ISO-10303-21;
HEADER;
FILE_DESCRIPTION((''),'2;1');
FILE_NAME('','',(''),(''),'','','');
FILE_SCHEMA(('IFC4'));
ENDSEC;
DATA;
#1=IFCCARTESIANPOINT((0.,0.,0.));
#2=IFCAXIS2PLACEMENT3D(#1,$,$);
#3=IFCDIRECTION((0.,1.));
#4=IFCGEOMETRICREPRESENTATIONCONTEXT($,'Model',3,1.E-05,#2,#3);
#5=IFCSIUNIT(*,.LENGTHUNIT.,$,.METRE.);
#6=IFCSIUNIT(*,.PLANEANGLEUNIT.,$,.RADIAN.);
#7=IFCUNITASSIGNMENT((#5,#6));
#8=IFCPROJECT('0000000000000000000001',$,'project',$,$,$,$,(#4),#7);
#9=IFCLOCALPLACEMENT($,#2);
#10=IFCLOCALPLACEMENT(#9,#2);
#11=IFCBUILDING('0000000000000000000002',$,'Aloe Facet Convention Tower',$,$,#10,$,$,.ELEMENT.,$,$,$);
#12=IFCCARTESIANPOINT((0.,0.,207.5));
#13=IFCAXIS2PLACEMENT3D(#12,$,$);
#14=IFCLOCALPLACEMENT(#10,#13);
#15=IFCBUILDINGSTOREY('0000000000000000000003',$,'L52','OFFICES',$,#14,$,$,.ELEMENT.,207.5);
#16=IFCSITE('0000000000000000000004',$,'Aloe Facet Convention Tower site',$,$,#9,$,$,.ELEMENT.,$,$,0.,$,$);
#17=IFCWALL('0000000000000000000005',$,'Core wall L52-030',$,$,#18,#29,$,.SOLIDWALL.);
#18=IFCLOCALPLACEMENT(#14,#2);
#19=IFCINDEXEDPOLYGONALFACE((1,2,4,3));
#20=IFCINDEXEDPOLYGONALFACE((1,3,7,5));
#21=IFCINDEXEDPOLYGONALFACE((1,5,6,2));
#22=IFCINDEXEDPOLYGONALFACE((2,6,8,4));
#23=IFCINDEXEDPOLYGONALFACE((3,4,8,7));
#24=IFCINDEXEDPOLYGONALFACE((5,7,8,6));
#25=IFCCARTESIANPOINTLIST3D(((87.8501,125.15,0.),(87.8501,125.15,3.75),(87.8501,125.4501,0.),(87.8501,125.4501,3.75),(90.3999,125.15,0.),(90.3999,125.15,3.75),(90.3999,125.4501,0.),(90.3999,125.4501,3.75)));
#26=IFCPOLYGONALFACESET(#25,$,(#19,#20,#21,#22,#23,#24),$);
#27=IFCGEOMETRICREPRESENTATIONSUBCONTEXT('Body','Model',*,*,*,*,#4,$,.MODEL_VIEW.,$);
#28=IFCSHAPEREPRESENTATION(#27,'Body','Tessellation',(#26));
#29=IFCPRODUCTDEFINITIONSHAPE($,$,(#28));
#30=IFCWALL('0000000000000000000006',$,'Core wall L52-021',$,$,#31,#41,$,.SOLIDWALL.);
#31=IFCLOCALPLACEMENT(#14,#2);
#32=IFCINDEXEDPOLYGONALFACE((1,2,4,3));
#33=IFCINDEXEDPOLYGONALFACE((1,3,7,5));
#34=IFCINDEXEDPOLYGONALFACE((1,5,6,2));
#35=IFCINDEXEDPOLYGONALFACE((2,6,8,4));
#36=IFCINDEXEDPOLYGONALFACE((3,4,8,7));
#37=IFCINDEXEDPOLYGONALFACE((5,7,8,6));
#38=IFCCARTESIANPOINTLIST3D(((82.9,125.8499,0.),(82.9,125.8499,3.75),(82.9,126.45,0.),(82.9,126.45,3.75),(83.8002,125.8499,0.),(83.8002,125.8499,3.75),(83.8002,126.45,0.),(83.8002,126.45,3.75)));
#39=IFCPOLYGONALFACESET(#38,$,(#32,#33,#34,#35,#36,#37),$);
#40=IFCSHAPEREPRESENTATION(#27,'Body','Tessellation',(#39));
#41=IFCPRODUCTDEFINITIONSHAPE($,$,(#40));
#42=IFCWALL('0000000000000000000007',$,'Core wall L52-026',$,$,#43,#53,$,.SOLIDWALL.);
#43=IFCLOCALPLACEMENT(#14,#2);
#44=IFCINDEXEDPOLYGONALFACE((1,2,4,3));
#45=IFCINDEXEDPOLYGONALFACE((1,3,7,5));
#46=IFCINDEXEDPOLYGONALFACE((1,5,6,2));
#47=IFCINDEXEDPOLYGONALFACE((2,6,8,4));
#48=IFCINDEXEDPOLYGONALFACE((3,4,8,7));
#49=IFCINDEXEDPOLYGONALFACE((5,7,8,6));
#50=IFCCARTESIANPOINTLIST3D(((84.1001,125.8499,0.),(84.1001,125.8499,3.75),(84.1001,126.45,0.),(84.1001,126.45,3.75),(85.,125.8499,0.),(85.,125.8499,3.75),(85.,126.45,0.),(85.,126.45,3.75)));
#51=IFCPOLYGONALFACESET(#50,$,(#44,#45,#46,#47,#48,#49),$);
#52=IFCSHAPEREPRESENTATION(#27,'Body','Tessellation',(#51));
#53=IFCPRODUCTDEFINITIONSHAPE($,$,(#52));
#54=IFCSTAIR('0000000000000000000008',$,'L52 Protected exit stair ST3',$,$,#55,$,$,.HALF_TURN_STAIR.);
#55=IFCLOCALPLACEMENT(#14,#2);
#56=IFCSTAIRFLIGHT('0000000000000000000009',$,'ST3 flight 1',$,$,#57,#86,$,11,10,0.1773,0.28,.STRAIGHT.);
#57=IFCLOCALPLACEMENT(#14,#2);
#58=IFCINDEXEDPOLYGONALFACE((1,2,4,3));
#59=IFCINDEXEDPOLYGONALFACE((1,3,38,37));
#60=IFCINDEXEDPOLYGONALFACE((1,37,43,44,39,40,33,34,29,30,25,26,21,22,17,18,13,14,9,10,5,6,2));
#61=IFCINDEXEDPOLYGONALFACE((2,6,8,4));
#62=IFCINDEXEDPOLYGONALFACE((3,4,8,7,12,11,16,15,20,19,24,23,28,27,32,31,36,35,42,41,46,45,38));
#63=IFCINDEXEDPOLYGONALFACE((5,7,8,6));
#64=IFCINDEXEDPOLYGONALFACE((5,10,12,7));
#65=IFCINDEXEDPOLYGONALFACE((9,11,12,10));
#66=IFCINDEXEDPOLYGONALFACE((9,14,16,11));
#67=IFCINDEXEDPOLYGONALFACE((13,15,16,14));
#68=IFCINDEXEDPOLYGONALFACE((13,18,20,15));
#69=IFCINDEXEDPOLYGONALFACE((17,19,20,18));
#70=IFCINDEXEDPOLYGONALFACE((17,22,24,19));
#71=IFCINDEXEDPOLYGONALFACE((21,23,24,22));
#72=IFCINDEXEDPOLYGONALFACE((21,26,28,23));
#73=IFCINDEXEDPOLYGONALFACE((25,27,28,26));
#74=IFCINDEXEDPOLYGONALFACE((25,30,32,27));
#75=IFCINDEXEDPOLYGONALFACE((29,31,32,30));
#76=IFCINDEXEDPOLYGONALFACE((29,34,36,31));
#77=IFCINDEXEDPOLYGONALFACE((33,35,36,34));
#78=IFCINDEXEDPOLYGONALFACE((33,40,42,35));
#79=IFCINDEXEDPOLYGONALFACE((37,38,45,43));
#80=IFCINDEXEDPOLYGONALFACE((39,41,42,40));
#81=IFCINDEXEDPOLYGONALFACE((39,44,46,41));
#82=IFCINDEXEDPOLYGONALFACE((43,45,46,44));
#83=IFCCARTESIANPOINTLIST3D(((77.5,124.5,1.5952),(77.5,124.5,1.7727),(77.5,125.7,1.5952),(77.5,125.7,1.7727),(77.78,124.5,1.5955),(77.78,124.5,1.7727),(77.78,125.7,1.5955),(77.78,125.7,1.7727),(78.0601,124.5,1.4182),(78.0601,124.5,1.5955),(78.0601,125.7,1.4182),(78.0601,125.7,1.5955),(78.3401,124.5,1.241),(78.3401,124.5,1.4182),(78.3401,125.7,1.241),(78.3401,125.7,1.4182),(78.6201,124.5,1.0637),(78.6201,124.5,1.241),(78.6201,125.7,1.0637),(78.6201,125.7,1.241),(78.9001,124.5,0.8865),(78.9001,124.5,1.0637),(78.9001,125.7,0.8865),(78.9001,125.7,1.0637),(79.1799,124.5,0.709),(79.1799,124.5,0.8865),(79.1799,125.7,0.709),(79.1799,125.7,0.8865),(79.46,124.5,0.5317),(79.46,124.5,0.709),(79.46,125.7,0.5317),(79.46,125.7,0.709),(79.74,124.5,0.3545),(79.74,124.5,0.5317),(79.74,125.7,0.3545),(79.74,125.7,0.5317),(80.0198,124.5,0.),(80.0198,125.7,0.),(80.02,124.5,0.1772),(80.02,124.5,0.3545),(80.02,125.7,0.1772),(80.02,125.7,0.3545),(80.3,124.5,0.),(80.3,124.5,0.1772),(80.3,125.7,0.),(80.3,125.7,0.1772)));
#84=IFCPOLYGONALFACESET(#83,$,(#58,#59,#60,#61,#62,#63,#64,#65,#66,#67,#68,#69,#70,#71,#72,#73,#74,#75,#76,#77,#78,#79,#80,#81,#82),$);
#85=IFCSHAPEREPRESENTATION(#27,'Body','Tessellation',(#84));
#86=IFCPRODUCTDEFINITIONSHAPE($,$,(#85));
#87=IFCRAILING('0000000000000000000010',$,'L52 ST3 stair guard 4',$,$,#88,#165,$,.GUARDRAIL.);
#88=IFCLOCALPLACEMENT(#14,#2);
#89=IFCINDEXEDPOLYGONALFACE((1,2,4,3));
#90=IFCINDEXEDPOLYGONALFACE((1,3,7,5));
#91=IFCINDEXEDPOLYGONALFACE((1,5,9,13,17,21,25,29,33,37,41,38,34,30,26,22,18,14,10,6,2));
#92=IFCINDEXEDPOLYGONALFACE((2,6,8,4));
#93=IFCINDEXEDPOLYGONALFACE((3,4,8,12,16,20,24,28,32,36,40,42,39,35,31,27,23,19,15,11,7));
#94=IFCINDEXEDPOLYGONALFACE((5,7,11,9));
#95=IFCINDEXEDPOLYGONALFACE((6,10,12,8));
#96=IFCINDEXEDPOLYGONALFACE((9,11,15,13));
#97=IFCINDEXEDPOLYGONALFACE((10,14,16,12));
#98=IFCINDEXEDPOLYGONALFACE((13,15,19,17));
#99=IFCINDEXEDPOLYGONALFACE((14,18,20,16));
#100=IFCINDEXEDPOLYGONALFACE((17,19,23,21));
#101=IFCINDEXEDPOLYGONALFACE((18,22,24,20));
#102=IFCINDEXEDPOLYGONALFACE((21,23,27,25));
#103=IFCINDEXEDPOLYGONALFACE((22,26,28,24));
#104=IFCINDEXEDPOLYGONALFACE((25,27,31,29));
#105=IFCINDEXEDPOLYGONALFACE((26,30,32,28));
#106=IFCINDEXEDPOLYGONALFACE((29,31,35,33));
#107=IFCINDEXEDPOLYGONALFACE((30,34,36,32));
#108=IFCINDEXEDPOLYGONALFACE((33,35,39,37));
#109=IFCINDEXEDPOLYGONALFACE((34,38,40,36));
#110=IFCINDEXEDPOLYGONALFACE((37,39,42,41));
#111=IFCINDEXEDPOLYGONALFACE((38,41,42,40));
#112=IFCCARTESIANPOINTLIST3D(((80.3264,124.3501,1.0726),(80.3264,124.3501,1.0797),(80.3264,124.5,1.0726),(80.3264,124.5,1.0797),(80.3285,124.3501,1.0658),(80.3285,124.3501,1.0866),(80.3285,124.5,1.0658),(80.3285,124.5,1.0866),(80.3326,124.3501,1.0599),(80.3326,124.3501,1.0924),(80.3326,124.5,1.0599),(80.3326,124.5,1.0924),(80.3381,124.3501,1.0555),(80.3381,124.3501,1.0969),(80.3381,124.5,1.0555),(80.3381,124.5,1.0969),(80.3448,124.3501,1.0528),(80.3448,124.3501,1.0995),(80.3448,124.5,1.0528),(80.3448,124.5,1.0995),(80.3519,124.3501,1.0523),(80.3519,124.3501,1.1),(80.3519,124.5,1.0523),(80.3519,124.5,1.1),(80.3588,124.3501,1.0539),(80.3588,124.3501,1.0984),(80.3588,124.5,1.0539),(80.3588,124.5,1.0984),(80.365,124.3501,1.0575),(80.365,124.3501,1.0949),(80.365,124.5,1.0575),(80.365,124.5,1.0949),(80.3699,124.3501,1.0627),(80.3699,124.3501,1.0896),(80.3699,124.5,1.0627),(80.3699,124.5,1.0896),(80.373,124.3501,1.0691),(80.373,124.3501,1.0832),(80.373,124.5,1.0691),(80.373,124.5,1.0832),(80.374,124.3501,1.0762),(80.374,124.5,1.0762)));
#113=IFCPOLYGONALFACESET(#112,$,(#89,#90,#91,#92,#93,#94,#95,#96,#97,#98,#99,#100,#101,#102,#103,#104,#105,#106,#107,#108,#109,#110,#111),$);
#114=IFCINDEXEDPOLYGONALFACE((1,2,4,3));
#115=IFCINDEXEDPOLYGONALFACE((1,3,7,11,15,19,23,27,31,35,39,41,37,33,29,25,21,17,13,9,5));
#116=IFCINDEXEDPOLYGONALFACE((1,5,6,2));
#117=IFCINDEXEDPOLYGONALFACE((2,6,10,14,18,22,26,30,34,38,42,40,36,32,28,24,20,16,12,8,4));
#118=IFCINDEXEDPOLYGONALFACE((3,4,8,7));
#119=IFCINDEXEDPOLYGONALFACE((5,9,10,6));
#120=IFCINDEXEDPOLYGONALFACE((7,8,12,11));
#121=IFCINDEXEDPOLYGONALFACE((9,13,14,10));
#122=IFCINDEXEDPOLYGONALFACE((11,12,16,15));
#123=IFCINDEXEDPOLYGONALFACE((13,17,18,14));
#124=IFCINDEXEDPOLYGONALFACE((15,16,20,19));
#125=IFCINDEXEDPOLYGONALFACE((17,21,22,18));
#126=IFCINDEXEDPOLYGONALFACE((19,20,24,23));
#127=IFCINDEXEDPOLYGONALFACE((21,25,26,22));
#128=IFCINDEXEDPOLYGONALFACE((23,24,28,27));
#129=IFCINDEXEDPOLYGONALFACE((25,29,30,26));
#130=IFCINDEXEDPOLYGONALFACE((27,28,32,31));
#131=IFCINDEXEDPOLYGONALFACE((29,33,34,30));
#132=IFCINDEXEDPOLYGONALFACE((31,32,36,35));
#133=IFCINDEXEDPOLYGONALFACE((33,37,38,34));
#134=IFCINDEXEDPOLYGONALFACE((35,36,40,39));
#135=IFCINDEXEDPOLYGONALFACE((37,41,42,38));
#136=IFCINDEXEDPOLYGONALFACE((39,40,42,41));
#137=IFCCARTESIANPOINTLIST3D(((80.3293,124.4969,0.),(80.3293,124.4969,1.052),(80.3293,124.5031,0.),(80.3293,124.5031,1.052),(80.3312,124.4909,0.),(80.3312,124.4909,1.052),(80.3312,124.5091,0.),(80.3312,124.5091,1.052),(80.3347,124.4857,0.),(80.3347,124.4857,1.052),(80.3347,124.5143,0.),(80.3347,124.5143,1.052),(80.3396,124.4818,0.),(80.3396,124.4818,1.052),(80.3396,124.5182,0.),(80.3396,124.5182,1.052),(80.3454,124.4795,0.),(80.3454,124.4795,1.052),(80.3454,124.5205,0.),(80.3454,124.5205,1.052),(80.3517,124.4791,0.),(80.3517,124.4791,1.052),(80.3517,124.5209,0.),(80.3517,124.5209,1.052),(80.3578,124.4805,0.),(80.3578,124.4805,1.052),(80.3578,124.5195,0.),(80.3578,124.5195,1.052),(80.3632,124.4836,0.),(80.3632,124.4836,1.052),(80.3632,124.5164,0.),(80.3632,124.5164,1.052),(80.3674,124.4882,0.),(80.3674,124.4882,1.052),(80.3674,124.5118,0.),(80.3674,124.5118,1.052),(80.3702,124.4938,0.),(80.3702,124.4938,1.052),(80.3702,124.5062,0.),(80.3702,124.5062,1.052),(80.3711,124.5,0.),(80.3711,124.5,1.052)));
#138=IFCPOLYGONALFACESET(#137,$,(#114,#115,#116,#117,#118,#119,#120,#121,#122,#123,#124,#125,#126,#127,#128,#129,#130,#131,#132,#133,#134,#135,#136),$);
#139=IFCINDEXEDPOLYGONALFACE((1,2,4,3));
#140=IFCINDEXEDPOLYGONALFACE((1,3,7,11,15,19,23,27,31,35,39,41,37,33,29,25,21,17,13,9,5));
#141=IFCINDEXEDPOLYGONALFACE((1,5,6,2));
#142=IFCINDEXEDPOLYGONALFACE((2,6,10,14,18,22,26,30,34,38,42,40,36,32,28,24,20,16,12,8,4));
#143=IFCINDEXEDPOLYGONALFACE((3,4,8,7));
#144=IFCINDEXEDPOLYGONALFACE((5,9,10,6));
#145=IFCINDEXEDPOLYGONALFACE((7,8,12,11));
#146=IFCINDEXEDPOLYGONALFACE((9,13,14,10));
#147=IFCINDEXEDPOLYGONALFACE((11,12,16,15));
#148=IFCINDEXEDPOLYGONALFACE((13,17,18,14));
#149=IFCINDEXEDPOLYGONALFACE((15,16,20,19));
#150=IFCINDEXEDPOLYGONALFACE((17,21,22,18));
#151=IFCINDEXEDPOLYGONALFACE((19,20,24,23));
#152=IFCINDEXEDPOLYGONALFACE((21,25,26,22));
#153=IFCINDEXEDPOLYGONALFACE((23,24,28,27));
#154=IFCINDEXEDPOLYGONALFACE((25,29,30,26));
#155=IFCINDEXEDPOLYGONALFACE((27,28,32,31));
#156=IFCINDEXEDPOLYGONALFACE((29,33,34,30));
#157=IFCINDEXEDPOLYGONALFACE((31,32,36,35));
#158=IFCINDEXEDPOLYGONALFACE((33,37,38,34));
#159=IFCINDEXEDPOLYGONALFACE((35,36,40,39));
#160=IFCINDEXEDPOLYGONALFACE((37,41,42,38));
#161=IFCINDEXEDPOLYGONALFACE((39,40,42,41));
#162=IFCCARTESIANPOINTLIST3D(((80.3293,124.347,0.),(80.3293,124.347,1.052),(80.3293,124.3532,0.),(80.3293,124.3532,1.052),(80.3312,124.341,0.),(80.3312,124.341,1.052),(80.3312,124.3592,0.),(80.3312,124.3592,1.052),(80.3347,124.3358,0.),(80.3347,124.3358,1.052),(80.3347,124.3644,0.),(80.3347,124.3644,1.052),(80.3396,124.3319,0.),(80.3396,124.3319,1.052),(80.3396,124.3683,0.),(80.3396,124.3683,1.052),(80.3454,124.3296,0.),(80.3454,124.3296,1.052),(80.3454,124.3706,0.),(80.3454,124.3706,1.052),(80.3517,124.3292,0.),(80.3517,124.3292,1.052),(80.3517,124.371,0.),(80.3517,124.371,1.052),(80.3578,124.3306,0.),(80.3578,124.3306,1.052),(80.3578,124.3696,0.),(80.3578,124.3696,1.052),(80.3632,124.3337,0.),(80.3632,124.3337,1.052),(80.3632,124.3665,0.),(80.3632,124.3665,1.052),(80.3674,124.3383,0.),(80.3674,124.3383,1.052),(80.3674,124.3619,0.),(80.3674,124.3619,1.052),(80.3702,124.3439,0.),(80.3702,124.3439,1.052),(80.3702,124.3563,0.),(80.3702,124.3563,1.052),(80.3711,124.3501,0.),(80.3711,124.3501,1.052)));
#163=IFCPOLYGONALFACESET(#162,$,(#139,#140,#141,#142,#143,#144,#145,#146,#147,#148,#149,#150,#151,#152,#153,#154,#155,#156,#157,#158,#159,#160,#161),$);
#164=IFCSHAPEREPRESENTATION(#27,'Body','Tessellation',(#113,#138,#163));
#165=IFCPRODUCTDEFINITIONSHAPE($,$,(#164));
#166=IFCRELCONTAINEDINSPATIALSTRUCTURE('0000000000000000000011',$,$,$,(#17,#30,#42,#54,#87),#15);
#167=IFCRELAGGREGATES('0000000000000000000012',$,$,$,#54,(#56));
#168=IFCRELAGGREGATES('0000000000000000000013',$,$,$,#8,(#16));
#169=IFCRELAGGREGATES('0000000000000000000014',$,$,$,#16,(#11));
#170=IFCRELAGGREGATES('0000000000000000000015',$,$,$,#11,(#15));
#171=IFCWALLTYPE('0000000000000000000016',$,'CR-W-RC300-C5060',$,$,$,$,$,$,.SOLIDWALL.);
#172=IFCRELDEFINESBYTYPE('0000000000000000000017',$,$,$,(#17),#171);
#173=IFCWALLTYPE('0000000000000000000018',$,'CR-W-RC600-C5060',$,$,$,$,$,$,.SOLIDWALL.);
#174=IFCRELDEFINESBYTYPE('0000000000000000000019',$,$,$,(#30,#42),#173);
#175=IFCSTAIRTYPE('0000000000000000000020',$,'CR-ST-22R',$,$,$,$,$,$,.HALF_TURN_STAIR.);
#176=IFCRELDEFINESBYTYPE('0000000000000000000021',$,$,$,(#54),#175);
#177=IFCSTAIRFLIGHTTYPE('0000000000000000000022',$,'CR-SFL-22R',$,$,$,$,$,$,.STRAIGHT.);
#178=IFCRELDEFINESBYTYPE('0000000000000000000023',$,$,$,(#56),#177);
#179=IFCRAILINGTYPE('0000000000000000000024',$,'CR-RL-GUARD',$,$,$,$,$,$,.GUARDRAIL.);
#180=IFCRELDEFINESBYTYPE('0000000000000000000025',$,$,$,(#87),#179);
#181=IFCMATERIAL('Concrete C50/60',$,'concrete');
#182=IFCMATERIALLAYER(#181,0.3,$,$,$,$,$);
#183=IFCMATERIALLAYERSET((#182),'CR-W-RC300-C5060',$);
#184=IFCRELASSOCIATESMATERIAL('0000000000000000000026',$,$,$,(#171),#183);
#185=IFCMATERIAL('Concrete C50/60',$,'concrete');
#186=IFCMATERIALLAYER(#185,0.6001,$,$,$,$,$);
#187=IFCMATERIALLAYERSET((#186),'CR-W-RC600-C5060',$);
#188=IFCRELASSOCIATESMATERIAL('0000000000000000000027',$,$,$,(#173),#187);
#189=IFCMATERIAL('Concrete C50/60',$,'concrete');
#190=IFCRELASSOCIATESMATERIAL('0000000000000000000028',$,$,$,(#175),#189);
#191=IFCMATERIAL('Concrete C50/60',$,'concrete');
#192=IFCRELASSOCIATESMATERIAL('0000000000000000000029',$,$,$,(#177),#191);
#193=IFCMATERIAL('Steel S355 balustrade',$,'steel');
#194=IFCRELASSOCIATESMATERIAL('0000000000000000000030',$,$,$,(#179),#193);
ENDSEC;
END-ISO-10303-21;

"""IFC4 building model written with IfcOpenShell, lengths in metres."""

from ifc_helpers import new_model, si_unit, direction, frame, frame_2d, origin, origin_2d, place, context, subcontext, project, spatial, polyline, rectangle, circle, outline, extrude, material, layer, layer_set, type_object, element, aggregate, save


model = new_model("IFC4")

# Units and contexts
model_context = context("Model", 3, precision=1e-05, world=origin(), true_north=direction((0.0, 1.0)))
body_context = subcontext(model_context, "Body", "Model", "MODEL_VIEW")
ifc_project = project(units=[si_unit("LENGTHUNIT", "METRE"), si_unit("PLANEANGLEUNIT", "RADIAN")], contexts=[model_context])

# Site, building, storey
site_placement = place(None, origin())
site = spatial("IfcSite", under=ifc_project, at=site_placement, Name="Aloe Facet Convention Tower site", CompositionType="ELEMENT", RefElevation=0.0)
building_placement = place(site_placement, origin())
building = spatial("IfcBuilding", under=site, at=building_placement, Name="Aloe Facet Convention Tower", CompositionType="ELEMENT")
storey_placement = place(building_placement, frame((0.0, 0.0, 207.5)))
storey = spatial("IfcBuildingStorey", under=building, at=storey_placement, Name="L52", Description="OFFICES", CompositionType="ELEMENT", Elevation=207.5)

# Shared definitions
ifc_material_1 = material(Name="Concrete C50/60", Category="concrete")
ifc_layer_1 = layer(ifc_material_1, 0.3)
ifc_layer_set_1 = layer_set([ifc_layer_1], Name="CR-W-RC300-C5060")
wall_type_1 = type_object("IfcWallType", Name="CR-W-RC300-C5060", PredefinedType="SOLIDWALL", material=ifc_layer_set_1)

# Walls
for number, where, z_axis, x_axis, name in (
    (1, (87.8501, 125.3, 0.0), (0.0, 0.0, 1.0), (1.0, 0.0, 0.0), "Core wall L52-030"),
):
    element("IfcWall", number, at=place(storey_placement, frame(where, z_axis=z_axis, x_axis=x_axis)), inside=storey, type_object=wall_type_1, Name=name, PredefinedType="SOLIDWALL", context=body_context, shape_type="SweptSolid", body=[
        extrude(rectangle(XDim=2.5498, YDim=0.3, at=frame_2d((1.2749, 0.0))), origin(), (0.0, 0.0, 1.0), 3.75),
    ])
ifc_material_2 = material(Name="Concrete C50/60", Category="concrete")
ifc_layer_2 = layer(ifc_material_2, 0.6001)
ifc_layer_set_2 = layer_set([ifc_layer_2], Name="CR-W-RC600-C5060")
wall_type_2 = type_object("IfcWallType", Name="CR-W-RC600-C5060", PredefinedType="SOLIDWALL", material=ifc_layer_set_2)
wall_1_placement = place(storey_placement, frame((82.8999, 126.1499, 0.0), z_axis=(0.0, 0.0, 1.0), x_axis=(1.0, 0.0, 0.0)))
element("IfcWall", 2, at=wall_1_placement, inside=storey, type_object=wall_type_2, Name="Core wall L52-021", PredefinedType="SOLIDWALL", context=body_context, shape_type="SweptSolid", body=[
    extrude(rectangle(XDim=0.9001, YDim=0.6001, at=frame_2d((0.4502, 0.0))), origin(), (0.0, 0.0, 1.0), 3.75),
])
wall_2_placement = place(storey_placement, frame((84.1001, 126.1499, 0.0), z_axis=(0.0, 0.0, 1.0), x_axis=(1.0, 0.0, 0.0)))
element("IfcWall", 3, at=wall_2_placement, inside=storey, type_object=wall_type_2, Name="Core wall L52-026", PredefinedType="SOLIDWALL", context=body_context, shape_type="SweptSolid", body=[
    extrude(rectangle(XDim=0.8999, YDim=0.6001, at=frame_2d((0.45, 0.0))), origin(), (0.0, 0.0, 1.0), 3.75),
])

# Stair, stair flight
ifc_material_3 = material(Name="Concrete C50/60", Category="concrete")
stair_type = type_object("IfcStairType", Name="CR-ST-22R", PredefinedType="HALF_TURN_STAIR", material=ifc_material_3)
stair_placement = place(storey_placement, origin())
stair = element("IfcStair", 4, at=stair_placement, inside=storey, type_object=stair_type, Name="L52 Protected exit stair ST3", PredefinedType="HALF_TURN_STAIR")
ifc_material_4 = material(Name="Concrete C50/60", Category="concrete")
stair_flight_type = type_object("IfcStairFlightType", Name="CR-SFL-22R", PredefinedType="STRAIGHT", material=ifc_material_4)
stair_flight_placement = place(storey_placement, frame((80.3, 125.1001, 0.0), z_axis=(0.0, 0.0, 1.0), x_axis=(-1.0, 0.0, 0.0)))
stair_flight = element("IfcStairFlight", 5, at=stair_flight_placement, type_object=stair_flight_type, Name="ST3 flight 1", NumberOfRisers=11, NumberOfTreads=10, PredefinedType="STRAIGHT", RiserHeight=0.1773, TreadLength=0.28, context=body_context, shape_type="SweptSolid", body=[
    extrude(outline(polyline([(0.0, 0.0), (0.0, 0.1772), (0.28, 0.1772), (0.28, 0.3545), (0.5601, 0.3545), (0.5601, 0.5317), (0.8401, 0.5317), (0.8401, 0.709), (1.1201, 0.709), (1.1201, 0.8865), (1.3999, 0.8865), (1.3999, 1.0637), (1.6799, 1.0637), (1.6799, 1.241), (1.96, 1.241), (1.96, 1.4182), (2.24, 1.4182), (2.24, 1.5955), (2.52, 1.5955), (2.52, 1.7727), (2.8, 1.7727), (2.8, 1.95), (2.8, 1.5952), (0.2803, 0.0), (0.0, 0.0)])), frame((0.0, 0.6001, 0.0), z_axis=(0.0, -1.0, 0.0), x_axis=(1.0, 0.0, 0.0)), (0.0, 0.0, 1.0), 1.2),
])
aggregate(stair, [stair_flight])

# Railing
ifc_material_5 = material(Name="Steel S355 balustrade", Category="steel")
railing_type_1 = type_object("IfcRailingType", Name="CR-RL-GUARD", PredefinedType="GUARDRAIL", material=ifc_material_5)
railing_1_placement = place(storey_placement, frame((80.3501, 124.5, 0.0)))
element("IfcRailing", 6, at=railing_1_placement, inside=storey, type_object=railing_type_1, Name="L52 ST3 stair guard 4", PredefinedType="GUARDRAIL", context=body_context, shape_type="SweptSolid", body=[
    extrude(circle(Radius=0.0239, at=origin_2d()), frame((0.0, 0.0, 1.0762), z_axis=(0.0, -1.0, 0.0), x_axis=(1.0, 0.0, 0.0)), (0.0, 0.0, 1.0), 0.1499),
    extrude(circle(Radius=0.021, at=origin_2d()), origin(), (0.0, 0.0, 1.0), 1.052),
    extrude(circle(Radius=0.021, at=origin_2d()), frame((0.0, -0.1499, 0.0)), (0.0, 0.0, 1.0), 1.052),
])

save(model, "model.ifc")
